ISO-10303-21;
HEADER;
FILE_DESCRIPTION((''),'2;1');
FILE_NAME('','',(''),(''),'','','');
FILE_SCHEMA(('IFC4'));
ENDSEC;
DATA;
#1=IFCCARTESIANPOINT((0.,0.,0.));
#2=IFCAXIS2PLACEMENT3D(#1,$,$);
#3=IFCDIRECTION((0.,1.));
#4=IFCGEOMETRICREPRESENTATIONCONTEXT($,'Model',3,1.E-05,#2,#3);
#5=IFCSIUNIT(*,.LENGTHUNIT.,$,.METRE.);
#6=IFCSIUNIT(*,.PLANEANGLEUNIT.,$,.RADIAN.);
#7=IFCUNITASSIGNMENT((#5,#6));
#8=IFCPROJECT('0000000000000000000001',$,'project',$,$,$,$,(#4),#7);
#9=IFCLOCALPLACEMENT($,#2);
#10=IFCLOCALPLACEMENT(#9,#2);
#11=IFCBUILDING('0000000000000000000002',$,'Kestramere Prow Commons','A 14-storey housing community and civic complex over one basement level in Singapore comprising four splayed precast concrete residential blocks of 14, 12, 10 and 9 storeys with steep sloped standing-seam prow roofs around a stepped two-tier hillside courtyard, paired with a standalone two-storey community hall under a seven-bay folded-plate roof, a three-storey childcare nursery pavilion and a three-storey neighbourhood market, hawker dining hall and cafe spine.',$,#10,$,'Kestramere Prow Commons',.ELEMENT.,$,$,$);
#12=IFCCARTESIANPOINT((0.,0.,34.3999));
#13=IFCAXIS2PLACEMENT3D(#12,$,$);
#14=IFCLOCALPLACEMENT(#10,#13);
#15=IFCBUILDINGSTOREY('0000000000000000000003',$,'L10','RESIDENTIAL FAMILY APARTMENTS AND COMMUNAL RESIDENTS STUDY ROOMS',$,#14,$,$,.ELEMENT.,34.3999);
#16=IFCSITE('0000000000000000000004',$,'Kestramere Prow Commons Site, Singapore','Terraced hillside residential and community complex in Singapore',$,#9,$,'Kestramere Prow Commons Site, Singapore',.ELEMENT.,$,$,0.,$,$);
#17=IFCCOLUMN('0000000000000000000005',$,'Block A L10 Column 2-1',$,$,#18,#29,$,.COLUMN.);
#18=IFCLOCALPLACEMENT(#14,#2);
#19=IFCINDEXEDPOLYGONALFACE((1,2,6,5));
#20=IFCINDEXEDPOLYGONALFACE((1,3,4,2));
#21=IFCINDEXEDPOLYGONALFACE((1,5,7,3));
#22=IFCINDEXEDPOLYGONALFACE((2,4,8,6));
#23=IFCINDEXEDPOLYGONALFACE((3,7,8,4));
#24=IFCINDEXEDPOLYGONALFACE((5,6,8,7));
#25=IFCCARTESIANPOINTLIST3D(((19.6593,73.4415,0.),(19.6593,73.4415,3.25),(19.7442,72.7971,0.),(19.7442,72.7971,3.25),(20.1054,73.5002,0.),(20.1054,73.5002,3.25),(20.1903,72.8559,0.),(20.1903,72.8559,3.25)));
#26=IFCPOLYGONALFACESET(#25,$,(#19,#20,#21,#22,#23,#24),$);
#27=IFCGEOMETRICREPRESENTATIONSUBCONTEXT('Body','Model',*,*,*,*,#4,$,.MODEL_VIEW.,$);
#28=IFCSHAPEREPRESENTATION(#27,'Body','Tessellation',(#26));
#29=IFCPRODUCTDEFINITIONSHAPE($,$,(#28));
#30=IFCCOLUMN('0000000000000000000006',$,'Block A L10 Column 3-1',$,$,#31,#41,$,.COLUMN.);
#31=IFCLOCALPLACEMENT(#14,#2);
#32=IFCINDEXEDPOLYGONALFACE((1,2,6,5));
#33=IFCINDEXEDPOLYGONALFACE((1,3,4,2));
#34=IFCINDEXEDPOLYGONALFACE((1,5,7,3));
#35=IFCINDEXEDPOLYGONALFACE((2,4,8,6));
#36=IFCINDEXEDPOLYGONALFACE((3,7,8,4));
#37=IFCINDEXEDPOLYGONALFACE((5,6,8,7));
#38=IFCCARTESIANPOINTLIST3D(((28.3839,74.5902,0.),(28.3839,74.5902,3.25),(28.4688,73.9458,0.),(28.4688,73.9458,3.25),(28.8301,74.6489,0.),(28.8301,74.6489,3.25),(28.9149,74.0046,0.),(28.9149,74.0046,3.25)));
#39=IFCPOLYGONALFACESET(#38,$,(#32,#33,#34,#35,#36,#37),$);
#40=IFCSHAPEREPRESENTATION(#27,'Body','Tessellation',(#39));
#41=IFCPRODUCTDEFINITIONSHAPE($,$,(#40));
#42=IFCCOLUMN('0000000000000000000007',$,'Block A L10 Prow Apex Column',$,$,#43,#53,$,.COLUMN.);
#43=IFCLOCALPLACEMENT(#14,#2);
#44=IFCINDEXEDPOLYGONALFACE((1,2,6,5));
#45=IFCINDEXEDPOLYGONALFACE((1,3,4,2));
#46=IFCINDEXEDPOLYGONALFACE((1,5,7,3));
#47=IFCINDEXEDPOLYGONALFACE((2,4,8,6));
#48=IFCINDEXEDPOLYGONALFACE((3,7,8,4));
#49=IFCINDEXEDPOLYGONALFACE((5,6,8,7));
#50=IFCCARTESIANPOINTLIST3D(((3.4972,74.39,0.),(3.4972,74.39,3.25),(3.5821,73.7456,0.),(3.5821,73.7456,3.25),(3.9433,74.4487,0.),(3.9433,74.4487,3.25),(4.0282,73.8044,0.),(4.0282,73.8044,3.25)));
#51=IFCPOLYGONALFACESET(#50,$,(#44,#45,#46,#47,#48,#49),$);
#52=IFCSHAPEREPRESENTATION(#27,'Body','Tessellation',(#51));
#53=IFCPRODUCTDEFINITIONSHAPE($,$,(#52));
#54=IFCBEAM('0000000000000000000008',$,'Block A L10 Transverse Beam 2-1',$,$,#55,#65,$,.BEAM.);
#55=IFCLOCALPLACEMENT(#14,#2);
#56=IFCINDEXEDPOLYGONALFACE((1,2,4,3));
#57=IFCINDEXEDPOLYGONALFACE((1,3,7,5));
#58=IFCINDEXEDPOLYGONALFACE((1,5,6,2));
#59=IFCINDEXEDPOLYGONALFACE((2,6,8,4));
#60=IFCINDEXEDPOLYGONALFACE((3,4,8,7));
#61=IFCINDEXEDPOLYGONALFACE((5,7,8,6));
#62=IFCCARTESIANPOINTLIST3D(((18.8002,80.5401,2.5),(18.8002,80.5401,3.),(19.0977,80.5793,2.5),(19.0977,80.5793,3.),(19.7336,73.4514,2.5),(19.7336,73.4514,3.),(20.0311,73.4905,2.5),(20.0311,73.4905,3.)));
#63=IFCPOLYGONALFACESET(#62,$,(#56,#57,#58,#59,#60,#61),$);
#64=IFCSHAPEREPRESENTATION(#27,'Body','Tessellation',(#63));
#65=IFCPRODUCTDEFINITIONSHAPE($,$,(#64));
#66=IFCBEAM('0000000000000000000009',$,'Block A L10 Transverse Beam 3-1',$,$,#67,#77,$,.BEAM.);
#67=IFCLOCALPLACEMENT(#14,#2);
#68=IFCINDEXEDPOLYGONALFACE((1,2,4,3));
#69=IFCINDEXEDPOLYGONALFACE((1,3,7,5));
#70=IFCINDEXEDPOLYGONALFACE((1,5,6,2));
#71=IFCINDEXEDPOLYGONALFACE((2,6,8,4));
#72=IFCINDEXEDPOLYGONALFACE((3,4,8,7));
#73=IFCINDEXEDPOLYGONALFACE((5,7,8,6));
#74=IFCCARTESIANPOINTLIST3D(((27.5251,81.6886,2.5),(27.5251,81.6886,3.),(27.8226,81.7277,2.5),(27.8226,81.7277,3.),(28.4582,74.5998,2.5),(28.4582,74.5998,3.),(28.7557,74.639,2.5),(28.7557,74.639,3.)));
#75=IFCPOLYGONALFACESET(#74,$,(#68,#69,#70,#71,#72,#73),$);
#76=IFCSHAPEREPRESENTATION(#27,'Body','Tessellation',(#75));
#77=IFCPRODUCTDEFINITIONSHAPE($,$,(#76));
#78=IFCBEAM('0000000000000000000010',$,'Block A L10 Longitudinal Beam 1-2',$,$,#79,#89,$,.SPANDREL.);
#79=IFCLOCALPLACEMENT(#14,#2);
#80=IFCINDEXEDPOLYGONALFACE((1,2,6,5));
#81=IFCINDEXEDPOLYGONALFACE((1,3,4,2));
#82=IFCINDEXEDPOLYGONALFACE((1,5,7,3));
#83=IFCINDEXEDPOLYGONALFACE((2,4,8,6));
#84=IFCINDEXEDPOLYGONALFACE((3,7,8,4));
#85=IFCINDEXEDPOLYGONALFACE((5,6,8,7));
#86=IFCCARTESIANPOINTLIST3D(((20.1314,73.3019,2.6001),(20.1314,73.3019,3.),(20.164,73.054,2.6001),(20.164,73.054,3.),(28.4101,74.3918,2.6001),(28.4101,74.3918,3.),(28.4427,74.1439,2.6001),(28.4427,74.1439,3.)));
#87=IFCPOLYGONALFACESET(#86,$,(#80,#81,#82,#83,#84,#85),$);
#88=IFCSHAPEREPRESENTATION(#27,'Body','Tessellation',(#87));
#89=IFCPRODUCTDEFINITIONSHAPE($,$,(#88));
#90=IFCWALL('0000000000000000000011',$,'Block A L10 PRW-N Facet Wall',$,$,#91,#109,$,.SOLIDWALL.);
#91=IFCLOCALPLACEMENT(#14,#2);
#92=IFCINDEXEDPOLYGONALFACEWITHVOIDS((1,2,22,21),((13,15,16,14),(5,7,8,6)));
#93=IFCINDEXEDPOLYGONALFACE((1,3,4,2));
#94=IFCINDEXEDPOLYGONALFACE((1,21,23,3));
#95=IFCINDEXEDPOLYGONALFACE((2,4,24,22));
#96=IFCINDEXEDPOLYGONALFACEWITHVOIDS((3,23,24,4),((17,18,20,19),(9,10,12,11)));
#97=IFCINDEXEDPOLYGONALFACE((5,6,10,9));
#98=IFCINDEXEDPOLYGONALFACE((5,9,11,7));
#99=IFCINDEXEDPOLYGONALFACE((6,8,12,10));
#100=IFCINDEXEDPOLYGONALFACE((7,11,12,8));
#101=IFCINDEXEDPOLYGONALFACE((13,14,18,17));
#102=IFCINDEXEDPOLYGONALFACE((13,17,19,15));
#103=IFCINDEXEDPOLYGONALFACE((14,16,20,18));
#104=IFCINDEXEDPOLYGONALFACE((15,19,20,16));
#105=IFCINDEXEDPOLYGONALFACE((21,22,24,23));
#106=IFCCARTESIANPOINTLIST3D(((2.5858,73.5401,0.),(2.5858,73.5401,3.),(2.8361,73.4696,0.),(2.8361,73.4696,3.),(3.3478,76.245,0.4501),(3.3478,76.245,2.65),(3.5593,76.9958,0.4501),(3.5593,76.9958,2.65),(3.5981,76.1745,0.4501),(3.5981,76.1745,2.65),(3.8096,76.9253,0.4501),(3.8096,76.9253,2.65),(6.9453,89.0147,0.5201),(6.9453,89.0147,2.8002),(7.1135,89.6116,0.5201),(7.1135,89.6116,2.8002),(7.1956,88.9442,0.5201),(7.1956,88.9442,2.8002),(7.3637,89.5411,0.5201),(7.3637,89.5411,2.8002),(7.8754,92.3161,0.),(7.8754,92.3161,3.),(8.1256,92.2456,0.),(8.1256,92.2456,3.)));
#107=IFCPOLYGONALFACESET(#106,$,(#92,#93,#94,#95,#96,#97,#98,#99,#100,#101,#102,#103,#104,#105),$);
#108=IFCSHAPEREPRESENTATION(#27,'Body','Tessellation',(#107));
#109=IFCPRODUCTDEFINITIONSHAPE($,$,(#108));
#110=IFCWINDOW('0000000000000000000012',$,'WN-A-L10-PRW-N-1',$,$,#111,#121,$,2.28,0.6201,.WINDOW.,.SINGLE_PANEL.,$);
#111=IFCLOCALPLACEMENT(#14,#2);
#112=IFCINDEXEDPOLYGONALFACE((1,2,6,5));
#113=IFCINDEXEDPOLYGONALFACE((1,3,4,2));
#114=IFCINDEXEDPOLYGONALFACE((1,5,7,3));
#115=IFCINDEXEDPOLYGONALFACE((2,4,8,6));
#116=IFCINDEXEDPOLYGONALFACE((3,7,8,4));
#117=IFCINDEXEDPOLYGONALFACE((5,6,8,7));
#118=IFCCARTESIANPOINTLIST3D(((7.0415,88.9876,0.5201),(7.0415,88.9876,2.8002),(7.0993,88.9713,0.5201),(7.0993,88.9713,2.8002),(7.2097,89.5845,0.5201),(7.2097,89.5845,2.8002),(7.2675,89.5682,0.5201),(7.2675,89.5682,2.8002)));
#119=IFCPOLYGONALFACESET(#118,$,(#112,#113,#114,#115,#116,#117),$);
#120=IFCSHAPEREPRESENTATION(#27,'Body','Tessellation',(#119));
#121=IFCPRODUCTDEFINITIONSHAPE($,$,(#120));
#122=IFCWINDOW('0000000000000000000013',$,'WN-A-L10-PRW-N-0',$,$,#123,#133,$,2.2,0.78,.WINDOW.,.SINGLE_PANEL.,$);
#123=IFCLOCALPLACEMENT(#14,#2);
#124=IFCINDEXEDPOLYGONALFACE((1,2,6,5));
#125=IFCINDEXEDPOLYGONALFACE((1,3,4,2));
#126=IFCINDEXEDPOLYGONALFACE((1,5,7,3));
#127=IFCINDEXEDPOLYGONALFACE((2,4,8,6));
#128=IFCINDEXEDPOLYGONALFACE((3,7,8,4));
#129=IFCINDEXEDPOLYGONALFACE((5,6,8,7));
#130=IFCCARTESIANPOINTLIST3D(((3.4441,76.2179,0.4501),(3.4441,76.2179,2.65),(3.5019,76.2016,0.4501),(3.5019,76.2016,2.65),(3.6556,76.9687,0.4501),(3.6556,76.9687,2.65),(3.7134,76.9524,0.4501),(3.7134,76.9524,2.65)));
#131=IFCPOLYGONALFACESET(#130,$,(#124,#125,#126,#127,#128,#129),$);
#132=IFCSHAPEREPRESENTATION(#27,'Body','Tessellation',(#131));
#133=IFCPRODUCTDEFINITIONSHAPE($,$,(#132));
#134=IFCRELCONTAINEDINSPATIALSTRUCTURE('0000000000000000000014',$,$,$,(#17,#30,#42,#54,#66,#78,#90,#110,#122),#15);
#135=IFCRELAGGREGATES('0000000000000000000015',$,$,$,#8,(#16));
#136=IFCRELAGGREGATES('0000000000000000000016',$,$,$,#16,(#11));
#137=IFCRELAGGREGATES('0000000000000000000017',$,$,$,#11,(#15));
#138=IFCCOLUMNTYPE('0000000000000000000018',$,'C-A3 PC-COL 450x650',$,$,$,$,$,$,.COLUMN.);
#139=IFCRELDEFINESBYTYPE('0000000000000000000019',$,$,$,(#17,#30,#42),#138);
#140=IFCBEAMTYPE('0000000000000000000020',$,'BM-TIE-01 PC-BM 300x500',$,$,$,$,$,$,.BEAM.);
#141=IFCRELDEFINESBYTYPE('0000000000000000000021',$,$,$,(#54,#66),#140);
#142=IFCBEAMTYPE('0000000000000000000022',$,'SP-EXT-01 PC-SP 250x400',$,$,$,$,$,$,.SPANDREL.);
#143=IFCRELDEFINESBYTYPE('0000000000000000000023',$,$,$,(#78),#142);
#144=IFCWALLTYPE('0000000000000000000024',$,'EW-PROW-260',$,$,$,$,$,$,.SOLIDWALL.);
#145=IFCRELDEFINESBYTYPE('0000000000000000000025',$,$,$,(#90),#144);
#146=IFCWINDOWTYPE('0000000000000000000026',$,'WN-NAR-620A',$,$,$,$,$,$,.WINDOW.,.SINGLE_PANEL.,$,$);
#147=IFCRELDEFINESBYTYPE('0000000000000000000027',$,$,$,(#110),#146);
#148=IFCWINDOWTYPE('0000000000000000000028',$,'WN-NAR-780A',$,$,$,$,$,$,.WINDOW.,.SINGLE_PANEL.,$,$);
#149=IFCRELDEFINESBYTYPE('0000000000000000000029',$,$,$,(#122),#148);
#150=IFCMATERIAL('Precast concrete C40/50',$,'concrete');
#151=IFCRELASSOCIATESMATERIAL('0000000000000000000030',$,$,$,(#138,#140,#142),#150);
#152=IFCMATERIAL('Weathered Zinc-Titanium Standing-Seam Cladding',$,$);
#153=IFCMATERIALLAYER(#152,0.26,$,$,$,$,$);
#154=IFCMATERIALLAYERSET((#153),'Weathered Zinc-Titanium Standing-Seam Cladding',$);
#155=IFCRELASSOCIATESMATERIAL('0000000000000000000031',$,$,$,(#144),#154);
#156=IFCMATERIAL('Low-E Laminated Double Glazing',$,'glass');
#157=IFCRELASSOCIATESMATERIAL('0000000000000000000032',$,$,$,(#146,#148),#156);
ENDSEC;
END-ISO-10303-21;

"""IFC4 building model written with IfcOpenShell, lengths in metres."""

from ifc_helpers import new_model, si_unit, direction, frame, frame_2d, origin, origin_2d, place, context, subcontext, project, spatial, rectangle, extrude, material, layer, layer_set, material_profile, profile_set, type_object, element, fill, save


model = new_model("IFC4")

# Units and contexts
model_context = context("Model", 3, precision=1e-05, world=origin(), true_north=direction((0.0, 1.0)))
body_context = subcontext(model_context, "Body", "Model", "MODEL_VIEW")
ifc_project = project(units=[si_unit("LENGTHUNIT", "METRE"), si_unit("PLANEANGLEUNIT", "RADIAN")], contexts=[model_context])

# Site, building, storey
site_placement = place(None, origin())
site = spatial("IfcSite", under=ifc_project, at=site_placement, Name="Kestramere Prow Commons Site, Singapore", Description="Terraced hillside residential and community complex in Singapore", LongName="Kestramere Prow Commons Site, Singapore", CompositionType="ELEMENT", RefElevation=0.0)
building_placement = place(site_placement, origin())
building = spatial("IfcBuilding", under=site, at=building_placement, Name="Kestramere Prow Commons", Description="A 14-storey housing community and civic complex over one basement level in Singapore comprising four splayed precast concrete residential blocks of 14, 12, 10 and 9 storeys with steep sloped standing-seam prow roofs around a stepped two-tier hillside courtyard, paired with a standalone two-storey community hall under a seven-bay folded-plate roof, a three-storey childcare nursery pavilion and a three-storey neighbourhood market, hawker dining hall and cafe spine.", LongName="Kestramere Prow Commons", CompositionType="ELEMENT")
storey_placement = place(building_placement, frame((0.0, 0.0, 34.3999)))
storey = spatial("IfcBuildingStorey", under=building, at=storey_placement, Name="L10", Description="RESIDENTIAL FAMILY APARTMENTS AND COMMUNAL RESIDENTS STUDY ROOMS", CompositionType="ELEMENT", Elevation=34.3999)

# Columns
ifc_material_1 = material(Name="Precast concrete C40/50", Category="concrete")
ifc_material_profile_1 = material_profile(ifc_material_1, rectangle(XDim=0.45, YDim=0.6499, at=origin_2d()), Name="PC-COL 450x650")
ifc_profile_set_1 = profile_set([ifc_material_profile_1], Name="Precast concrete C40/50")
column_type = type_object("IfcColumnType", Name="C-A3 PC-COL 450x650", PredefinedType="COLUMN", material=ifc_profile_set_1)
for number, where, z_axis, x_axis, name in (
    (1, (19.9248, 73.1487, 0.0), (0.0, 0.0, 1.0), (0.991445, 0.130526, 0.0), "Block A L10 Column 2-1"),
    (2, (28.6494, 74.2974, 0.0), (0.0, 0.0, 1.0), (0.991445, 0.130526, 0.0), "Block A L10 Column 3-1"),
    (3, (3.7627, 74.0972, 0.0), (0.0, 0.0, 1.0), (0.991445, 0.130526, 0.0), "Block A L10 Prow Apex Column"),
):
    element("IfcColumn", number, at=place(storey_placement, frame(where, z_axis=z_axis, x_axis=x_axis)), inside=storey, type_object=column_type, Name=name, PredefinedType="COLUMN", context=body_context, shape_type="SweptSolid", body=[
        extrude(rectangle(XDim=0.45, YDim=0.6499, at=origin_2d()), origin(), (0.0, 0.0, 1.0), 3.25),
    ])

# Beams
ifc_material_profile_2 = material_profile(ifc_material_1, rectangle(XDim=0.3, YDim=0.5, at=origin_2d()), Name="PC-BM 300x500")
ifc_profile_set_2 = profile_set([ifc_material_profile_2], Name="Precast concrete C40/50")
beam_type_1 = type_object("IfcBeamType", Name="BM-TIE-01 PC-BM 300x500", PredefinedType="BEAM", material=ifc_profile_set_2)
for number, where, z_axis, x_axis, name in (
    (4, (19.8823, 73.4709, 2.75), (-0.130542, 0.991443, 0.0), (-0.991443, -0.130542, 0.0), "Block A L10 Transverse Beam 2-1"),
    (5, (28.6069, 74.6194, 2.75), (-0.130504, 0.991448, 0.0), (-0.991448, -0.130504, 0.0), "Block A L10 Transverse Beam 3-1"),
):
    element("IfcBeam", number, at=place(storey_placement, frame(where, z_axis=z_axis, x_axis=x_axis)), inside=storey, type_object=beam_type_1, Name=name, PredefinedType="BEAM", context=body_context, shape_type="SweptSolid", body=[
        extrude(rectangle(XDim=0.3, YDim=0.5, at=origin_2d()), origin(), (0.0, 0.0, 1.0), 7.1499),
    ])
ifc_material_profile_3 = material_profile(ifc_material_1, rectangle(XDim=0.25, YDim=0.3999, at=origin_2d()), Name="PC-SP 250x400")
ifc_profile_set_3 = profile_set([ifc_material_profile_3], Name="Precast concrete C40/50")
beam_type_2 = type_object("IfcBeamType", Name="SP-EXT-01 PC-SP 250x400", PredefinedType="SPANDREL", material=ifc_profile_set_3)
beam_placement = place(storey_placement, frame((20.1477, 73.178, 2.8), z_axis=(0.991446, 0.13052, 0.0), x_axis=(-0.13052, 0.991446, 0.0)))
element("IfcBeam", 6, at=beam_placement, inside=storey, type_object=beam_type_2, Name="Block A L10 Longitudinal Beam 1-2", PredefinedType="SPANDREL", context=body_context, shape_type="SweptSolid", body=[
    extrude(rectangle(XDim=0.25, YDim=0.3999, at=origin_2d()), origin(), (0.0, 0.0, 1.0), 8.3501),
])

# Wall, openings, windows
ifc_material_2 = material(Name="Weathered Zinc-Titanium Standing-Seam Cladding")
ifc_layer_1 = layer(ifc_material_2, 0.26)
ifc_layer_set_1 = layer_set([ifc_layer_1], Name="Weathered Zinc-Titanium Standing-Seam Cladding")
wall_type_1 = type_object("IfcWallType", Name="EW-PROW-260", PredefinedType="SOLIDWALL", material=ifc_layer_set_1)
wall_1_placement = place(storey_placement, frame((2.7109, 73.5049, 0.0), z_axis=(0.0, 0.0, 1.0), x_axis=(0.271165, 0.962533, 0.0)))
wall_1 = element("IfcWall", 7, at=wall_1_placement, inside=storey, type_object=wall_type_1, Name="Block A L10 PRW-N Facet Wall", PredefinedType="SOLIDWALL", context=body_context, shape_type="SweptSolid", body=[
    extrude(rectangle(XDim=19.5068, YDim=0.26, at=frame_2d((9.7534, 0.0))), origin(), (0.0, 0.0, 1.0), 3.0),
])
opening_1_placement = place(wall_1_placement, frame((2.8101, 0.0, 0.45)))
opening_1 = element("IfcOpeningElement", 8, at=opening_1_placement, cuts=wall_1, PredefinedType="OPENING", context=body_context, shape_type="SweptSolid", body=[
    extrude(rectangle(XDim=0.78, YDim=2.2, at=frame_2d((0.3901, 1.1001))), frame((0.0, 0.145, 0.0), z_axis=(0.0, -1.0, 0.0), x_axis=(1.0, 0.0, 0.0)), (0.0, 0.0, 1.0), 0.29),
])
opening_2_placement = place(wall_1_placement, frame((16.0769, 0.0, 0.52)))
opening_2 = element("IfcOpeningElement", 9, at=opening_2_placement, cuts=wall_1, PredefinedType="OPENING", context=body_context, shape_type="SweptSolid", body=[
    extrude(rectangle(XDim=0.6201, YDim=2.28, at=frame_2d((0.3101, 1.1401))), frame((0.0, 0.145, 0.0), z_axis=(0.0, -1.0, 0.0), x_axis=(1.0, 0.0, 0.0)), (0.0, 0.0, 1.0), 0.29),
])
ifc_material_3 = material(Name="Low-E Laminated Double Glazing", Category="glass")
window_type_1 = type_object("IfcWindowType", Name="WN-NAR-620A", PartitioningType="SINGLE_PANEL", PredefinedType="WINDOW", material=ifc_material_3)
window_1_placement = place(opening_2_placement, origin())
window_1 = element("IfcWindow", 10, at=window_1_placement, inside=storey, type_object=window_type_1, Name="WN-A-L10-PRW-N-1", OverallHeight=2.28, OverallWidth=0.6201, PartitioningType="SINGLE_PANEL", PredefinedType="WINDOW", context=body_context, shape_type="SweptSolid", body=[
    extrude(rectangle(XDim=0.6201, YDim=2.28, at=frame_2d((0.3101, 1.1401))), frame((0.0, 0.03, 0.0), z_axis=(0.0, -1.0, 0.0), x_axis=(1.0, 0.0, 0.0)), (0.0, 0.0, 1.0), 0.0601),
])
fill(opening_2, window_1)
window_type_2 = type_object("IfcWindowType", Name="WN-NAR-780A", PartitioningType="SINGLE_PANEL", PredefinedType="WINDOW", material=ifc_material_3)
window_2_placement = place(opening_1_placement, origin())
window_2 = element("IfcWindow", 11, at=window_2_placement, inside=storey, type_object=window_type_2, Name="WN-A-L10-PRW-N-0", OverallHeight=2.2, OverallWidth=0.78, PartitioningType="SINGLE_PANEL", PredefinedType="WINDOW", context=body_context, shape_type="SweptSolid", body=[
    extrude(rectangle(XDim=0.78, YDim=2.2, at=frame_2d((0.3901, 1.1001))), frame((0.0, 0.03, 0.0), z_axis=(0.0, -1.0, 0.0), x_axis=(1.0, 0.0, 0.0)), (0.0, 0.0, 1.0), 0.0601),
])
fill(opening_1, window_2)

save(model, "model.ifc")
